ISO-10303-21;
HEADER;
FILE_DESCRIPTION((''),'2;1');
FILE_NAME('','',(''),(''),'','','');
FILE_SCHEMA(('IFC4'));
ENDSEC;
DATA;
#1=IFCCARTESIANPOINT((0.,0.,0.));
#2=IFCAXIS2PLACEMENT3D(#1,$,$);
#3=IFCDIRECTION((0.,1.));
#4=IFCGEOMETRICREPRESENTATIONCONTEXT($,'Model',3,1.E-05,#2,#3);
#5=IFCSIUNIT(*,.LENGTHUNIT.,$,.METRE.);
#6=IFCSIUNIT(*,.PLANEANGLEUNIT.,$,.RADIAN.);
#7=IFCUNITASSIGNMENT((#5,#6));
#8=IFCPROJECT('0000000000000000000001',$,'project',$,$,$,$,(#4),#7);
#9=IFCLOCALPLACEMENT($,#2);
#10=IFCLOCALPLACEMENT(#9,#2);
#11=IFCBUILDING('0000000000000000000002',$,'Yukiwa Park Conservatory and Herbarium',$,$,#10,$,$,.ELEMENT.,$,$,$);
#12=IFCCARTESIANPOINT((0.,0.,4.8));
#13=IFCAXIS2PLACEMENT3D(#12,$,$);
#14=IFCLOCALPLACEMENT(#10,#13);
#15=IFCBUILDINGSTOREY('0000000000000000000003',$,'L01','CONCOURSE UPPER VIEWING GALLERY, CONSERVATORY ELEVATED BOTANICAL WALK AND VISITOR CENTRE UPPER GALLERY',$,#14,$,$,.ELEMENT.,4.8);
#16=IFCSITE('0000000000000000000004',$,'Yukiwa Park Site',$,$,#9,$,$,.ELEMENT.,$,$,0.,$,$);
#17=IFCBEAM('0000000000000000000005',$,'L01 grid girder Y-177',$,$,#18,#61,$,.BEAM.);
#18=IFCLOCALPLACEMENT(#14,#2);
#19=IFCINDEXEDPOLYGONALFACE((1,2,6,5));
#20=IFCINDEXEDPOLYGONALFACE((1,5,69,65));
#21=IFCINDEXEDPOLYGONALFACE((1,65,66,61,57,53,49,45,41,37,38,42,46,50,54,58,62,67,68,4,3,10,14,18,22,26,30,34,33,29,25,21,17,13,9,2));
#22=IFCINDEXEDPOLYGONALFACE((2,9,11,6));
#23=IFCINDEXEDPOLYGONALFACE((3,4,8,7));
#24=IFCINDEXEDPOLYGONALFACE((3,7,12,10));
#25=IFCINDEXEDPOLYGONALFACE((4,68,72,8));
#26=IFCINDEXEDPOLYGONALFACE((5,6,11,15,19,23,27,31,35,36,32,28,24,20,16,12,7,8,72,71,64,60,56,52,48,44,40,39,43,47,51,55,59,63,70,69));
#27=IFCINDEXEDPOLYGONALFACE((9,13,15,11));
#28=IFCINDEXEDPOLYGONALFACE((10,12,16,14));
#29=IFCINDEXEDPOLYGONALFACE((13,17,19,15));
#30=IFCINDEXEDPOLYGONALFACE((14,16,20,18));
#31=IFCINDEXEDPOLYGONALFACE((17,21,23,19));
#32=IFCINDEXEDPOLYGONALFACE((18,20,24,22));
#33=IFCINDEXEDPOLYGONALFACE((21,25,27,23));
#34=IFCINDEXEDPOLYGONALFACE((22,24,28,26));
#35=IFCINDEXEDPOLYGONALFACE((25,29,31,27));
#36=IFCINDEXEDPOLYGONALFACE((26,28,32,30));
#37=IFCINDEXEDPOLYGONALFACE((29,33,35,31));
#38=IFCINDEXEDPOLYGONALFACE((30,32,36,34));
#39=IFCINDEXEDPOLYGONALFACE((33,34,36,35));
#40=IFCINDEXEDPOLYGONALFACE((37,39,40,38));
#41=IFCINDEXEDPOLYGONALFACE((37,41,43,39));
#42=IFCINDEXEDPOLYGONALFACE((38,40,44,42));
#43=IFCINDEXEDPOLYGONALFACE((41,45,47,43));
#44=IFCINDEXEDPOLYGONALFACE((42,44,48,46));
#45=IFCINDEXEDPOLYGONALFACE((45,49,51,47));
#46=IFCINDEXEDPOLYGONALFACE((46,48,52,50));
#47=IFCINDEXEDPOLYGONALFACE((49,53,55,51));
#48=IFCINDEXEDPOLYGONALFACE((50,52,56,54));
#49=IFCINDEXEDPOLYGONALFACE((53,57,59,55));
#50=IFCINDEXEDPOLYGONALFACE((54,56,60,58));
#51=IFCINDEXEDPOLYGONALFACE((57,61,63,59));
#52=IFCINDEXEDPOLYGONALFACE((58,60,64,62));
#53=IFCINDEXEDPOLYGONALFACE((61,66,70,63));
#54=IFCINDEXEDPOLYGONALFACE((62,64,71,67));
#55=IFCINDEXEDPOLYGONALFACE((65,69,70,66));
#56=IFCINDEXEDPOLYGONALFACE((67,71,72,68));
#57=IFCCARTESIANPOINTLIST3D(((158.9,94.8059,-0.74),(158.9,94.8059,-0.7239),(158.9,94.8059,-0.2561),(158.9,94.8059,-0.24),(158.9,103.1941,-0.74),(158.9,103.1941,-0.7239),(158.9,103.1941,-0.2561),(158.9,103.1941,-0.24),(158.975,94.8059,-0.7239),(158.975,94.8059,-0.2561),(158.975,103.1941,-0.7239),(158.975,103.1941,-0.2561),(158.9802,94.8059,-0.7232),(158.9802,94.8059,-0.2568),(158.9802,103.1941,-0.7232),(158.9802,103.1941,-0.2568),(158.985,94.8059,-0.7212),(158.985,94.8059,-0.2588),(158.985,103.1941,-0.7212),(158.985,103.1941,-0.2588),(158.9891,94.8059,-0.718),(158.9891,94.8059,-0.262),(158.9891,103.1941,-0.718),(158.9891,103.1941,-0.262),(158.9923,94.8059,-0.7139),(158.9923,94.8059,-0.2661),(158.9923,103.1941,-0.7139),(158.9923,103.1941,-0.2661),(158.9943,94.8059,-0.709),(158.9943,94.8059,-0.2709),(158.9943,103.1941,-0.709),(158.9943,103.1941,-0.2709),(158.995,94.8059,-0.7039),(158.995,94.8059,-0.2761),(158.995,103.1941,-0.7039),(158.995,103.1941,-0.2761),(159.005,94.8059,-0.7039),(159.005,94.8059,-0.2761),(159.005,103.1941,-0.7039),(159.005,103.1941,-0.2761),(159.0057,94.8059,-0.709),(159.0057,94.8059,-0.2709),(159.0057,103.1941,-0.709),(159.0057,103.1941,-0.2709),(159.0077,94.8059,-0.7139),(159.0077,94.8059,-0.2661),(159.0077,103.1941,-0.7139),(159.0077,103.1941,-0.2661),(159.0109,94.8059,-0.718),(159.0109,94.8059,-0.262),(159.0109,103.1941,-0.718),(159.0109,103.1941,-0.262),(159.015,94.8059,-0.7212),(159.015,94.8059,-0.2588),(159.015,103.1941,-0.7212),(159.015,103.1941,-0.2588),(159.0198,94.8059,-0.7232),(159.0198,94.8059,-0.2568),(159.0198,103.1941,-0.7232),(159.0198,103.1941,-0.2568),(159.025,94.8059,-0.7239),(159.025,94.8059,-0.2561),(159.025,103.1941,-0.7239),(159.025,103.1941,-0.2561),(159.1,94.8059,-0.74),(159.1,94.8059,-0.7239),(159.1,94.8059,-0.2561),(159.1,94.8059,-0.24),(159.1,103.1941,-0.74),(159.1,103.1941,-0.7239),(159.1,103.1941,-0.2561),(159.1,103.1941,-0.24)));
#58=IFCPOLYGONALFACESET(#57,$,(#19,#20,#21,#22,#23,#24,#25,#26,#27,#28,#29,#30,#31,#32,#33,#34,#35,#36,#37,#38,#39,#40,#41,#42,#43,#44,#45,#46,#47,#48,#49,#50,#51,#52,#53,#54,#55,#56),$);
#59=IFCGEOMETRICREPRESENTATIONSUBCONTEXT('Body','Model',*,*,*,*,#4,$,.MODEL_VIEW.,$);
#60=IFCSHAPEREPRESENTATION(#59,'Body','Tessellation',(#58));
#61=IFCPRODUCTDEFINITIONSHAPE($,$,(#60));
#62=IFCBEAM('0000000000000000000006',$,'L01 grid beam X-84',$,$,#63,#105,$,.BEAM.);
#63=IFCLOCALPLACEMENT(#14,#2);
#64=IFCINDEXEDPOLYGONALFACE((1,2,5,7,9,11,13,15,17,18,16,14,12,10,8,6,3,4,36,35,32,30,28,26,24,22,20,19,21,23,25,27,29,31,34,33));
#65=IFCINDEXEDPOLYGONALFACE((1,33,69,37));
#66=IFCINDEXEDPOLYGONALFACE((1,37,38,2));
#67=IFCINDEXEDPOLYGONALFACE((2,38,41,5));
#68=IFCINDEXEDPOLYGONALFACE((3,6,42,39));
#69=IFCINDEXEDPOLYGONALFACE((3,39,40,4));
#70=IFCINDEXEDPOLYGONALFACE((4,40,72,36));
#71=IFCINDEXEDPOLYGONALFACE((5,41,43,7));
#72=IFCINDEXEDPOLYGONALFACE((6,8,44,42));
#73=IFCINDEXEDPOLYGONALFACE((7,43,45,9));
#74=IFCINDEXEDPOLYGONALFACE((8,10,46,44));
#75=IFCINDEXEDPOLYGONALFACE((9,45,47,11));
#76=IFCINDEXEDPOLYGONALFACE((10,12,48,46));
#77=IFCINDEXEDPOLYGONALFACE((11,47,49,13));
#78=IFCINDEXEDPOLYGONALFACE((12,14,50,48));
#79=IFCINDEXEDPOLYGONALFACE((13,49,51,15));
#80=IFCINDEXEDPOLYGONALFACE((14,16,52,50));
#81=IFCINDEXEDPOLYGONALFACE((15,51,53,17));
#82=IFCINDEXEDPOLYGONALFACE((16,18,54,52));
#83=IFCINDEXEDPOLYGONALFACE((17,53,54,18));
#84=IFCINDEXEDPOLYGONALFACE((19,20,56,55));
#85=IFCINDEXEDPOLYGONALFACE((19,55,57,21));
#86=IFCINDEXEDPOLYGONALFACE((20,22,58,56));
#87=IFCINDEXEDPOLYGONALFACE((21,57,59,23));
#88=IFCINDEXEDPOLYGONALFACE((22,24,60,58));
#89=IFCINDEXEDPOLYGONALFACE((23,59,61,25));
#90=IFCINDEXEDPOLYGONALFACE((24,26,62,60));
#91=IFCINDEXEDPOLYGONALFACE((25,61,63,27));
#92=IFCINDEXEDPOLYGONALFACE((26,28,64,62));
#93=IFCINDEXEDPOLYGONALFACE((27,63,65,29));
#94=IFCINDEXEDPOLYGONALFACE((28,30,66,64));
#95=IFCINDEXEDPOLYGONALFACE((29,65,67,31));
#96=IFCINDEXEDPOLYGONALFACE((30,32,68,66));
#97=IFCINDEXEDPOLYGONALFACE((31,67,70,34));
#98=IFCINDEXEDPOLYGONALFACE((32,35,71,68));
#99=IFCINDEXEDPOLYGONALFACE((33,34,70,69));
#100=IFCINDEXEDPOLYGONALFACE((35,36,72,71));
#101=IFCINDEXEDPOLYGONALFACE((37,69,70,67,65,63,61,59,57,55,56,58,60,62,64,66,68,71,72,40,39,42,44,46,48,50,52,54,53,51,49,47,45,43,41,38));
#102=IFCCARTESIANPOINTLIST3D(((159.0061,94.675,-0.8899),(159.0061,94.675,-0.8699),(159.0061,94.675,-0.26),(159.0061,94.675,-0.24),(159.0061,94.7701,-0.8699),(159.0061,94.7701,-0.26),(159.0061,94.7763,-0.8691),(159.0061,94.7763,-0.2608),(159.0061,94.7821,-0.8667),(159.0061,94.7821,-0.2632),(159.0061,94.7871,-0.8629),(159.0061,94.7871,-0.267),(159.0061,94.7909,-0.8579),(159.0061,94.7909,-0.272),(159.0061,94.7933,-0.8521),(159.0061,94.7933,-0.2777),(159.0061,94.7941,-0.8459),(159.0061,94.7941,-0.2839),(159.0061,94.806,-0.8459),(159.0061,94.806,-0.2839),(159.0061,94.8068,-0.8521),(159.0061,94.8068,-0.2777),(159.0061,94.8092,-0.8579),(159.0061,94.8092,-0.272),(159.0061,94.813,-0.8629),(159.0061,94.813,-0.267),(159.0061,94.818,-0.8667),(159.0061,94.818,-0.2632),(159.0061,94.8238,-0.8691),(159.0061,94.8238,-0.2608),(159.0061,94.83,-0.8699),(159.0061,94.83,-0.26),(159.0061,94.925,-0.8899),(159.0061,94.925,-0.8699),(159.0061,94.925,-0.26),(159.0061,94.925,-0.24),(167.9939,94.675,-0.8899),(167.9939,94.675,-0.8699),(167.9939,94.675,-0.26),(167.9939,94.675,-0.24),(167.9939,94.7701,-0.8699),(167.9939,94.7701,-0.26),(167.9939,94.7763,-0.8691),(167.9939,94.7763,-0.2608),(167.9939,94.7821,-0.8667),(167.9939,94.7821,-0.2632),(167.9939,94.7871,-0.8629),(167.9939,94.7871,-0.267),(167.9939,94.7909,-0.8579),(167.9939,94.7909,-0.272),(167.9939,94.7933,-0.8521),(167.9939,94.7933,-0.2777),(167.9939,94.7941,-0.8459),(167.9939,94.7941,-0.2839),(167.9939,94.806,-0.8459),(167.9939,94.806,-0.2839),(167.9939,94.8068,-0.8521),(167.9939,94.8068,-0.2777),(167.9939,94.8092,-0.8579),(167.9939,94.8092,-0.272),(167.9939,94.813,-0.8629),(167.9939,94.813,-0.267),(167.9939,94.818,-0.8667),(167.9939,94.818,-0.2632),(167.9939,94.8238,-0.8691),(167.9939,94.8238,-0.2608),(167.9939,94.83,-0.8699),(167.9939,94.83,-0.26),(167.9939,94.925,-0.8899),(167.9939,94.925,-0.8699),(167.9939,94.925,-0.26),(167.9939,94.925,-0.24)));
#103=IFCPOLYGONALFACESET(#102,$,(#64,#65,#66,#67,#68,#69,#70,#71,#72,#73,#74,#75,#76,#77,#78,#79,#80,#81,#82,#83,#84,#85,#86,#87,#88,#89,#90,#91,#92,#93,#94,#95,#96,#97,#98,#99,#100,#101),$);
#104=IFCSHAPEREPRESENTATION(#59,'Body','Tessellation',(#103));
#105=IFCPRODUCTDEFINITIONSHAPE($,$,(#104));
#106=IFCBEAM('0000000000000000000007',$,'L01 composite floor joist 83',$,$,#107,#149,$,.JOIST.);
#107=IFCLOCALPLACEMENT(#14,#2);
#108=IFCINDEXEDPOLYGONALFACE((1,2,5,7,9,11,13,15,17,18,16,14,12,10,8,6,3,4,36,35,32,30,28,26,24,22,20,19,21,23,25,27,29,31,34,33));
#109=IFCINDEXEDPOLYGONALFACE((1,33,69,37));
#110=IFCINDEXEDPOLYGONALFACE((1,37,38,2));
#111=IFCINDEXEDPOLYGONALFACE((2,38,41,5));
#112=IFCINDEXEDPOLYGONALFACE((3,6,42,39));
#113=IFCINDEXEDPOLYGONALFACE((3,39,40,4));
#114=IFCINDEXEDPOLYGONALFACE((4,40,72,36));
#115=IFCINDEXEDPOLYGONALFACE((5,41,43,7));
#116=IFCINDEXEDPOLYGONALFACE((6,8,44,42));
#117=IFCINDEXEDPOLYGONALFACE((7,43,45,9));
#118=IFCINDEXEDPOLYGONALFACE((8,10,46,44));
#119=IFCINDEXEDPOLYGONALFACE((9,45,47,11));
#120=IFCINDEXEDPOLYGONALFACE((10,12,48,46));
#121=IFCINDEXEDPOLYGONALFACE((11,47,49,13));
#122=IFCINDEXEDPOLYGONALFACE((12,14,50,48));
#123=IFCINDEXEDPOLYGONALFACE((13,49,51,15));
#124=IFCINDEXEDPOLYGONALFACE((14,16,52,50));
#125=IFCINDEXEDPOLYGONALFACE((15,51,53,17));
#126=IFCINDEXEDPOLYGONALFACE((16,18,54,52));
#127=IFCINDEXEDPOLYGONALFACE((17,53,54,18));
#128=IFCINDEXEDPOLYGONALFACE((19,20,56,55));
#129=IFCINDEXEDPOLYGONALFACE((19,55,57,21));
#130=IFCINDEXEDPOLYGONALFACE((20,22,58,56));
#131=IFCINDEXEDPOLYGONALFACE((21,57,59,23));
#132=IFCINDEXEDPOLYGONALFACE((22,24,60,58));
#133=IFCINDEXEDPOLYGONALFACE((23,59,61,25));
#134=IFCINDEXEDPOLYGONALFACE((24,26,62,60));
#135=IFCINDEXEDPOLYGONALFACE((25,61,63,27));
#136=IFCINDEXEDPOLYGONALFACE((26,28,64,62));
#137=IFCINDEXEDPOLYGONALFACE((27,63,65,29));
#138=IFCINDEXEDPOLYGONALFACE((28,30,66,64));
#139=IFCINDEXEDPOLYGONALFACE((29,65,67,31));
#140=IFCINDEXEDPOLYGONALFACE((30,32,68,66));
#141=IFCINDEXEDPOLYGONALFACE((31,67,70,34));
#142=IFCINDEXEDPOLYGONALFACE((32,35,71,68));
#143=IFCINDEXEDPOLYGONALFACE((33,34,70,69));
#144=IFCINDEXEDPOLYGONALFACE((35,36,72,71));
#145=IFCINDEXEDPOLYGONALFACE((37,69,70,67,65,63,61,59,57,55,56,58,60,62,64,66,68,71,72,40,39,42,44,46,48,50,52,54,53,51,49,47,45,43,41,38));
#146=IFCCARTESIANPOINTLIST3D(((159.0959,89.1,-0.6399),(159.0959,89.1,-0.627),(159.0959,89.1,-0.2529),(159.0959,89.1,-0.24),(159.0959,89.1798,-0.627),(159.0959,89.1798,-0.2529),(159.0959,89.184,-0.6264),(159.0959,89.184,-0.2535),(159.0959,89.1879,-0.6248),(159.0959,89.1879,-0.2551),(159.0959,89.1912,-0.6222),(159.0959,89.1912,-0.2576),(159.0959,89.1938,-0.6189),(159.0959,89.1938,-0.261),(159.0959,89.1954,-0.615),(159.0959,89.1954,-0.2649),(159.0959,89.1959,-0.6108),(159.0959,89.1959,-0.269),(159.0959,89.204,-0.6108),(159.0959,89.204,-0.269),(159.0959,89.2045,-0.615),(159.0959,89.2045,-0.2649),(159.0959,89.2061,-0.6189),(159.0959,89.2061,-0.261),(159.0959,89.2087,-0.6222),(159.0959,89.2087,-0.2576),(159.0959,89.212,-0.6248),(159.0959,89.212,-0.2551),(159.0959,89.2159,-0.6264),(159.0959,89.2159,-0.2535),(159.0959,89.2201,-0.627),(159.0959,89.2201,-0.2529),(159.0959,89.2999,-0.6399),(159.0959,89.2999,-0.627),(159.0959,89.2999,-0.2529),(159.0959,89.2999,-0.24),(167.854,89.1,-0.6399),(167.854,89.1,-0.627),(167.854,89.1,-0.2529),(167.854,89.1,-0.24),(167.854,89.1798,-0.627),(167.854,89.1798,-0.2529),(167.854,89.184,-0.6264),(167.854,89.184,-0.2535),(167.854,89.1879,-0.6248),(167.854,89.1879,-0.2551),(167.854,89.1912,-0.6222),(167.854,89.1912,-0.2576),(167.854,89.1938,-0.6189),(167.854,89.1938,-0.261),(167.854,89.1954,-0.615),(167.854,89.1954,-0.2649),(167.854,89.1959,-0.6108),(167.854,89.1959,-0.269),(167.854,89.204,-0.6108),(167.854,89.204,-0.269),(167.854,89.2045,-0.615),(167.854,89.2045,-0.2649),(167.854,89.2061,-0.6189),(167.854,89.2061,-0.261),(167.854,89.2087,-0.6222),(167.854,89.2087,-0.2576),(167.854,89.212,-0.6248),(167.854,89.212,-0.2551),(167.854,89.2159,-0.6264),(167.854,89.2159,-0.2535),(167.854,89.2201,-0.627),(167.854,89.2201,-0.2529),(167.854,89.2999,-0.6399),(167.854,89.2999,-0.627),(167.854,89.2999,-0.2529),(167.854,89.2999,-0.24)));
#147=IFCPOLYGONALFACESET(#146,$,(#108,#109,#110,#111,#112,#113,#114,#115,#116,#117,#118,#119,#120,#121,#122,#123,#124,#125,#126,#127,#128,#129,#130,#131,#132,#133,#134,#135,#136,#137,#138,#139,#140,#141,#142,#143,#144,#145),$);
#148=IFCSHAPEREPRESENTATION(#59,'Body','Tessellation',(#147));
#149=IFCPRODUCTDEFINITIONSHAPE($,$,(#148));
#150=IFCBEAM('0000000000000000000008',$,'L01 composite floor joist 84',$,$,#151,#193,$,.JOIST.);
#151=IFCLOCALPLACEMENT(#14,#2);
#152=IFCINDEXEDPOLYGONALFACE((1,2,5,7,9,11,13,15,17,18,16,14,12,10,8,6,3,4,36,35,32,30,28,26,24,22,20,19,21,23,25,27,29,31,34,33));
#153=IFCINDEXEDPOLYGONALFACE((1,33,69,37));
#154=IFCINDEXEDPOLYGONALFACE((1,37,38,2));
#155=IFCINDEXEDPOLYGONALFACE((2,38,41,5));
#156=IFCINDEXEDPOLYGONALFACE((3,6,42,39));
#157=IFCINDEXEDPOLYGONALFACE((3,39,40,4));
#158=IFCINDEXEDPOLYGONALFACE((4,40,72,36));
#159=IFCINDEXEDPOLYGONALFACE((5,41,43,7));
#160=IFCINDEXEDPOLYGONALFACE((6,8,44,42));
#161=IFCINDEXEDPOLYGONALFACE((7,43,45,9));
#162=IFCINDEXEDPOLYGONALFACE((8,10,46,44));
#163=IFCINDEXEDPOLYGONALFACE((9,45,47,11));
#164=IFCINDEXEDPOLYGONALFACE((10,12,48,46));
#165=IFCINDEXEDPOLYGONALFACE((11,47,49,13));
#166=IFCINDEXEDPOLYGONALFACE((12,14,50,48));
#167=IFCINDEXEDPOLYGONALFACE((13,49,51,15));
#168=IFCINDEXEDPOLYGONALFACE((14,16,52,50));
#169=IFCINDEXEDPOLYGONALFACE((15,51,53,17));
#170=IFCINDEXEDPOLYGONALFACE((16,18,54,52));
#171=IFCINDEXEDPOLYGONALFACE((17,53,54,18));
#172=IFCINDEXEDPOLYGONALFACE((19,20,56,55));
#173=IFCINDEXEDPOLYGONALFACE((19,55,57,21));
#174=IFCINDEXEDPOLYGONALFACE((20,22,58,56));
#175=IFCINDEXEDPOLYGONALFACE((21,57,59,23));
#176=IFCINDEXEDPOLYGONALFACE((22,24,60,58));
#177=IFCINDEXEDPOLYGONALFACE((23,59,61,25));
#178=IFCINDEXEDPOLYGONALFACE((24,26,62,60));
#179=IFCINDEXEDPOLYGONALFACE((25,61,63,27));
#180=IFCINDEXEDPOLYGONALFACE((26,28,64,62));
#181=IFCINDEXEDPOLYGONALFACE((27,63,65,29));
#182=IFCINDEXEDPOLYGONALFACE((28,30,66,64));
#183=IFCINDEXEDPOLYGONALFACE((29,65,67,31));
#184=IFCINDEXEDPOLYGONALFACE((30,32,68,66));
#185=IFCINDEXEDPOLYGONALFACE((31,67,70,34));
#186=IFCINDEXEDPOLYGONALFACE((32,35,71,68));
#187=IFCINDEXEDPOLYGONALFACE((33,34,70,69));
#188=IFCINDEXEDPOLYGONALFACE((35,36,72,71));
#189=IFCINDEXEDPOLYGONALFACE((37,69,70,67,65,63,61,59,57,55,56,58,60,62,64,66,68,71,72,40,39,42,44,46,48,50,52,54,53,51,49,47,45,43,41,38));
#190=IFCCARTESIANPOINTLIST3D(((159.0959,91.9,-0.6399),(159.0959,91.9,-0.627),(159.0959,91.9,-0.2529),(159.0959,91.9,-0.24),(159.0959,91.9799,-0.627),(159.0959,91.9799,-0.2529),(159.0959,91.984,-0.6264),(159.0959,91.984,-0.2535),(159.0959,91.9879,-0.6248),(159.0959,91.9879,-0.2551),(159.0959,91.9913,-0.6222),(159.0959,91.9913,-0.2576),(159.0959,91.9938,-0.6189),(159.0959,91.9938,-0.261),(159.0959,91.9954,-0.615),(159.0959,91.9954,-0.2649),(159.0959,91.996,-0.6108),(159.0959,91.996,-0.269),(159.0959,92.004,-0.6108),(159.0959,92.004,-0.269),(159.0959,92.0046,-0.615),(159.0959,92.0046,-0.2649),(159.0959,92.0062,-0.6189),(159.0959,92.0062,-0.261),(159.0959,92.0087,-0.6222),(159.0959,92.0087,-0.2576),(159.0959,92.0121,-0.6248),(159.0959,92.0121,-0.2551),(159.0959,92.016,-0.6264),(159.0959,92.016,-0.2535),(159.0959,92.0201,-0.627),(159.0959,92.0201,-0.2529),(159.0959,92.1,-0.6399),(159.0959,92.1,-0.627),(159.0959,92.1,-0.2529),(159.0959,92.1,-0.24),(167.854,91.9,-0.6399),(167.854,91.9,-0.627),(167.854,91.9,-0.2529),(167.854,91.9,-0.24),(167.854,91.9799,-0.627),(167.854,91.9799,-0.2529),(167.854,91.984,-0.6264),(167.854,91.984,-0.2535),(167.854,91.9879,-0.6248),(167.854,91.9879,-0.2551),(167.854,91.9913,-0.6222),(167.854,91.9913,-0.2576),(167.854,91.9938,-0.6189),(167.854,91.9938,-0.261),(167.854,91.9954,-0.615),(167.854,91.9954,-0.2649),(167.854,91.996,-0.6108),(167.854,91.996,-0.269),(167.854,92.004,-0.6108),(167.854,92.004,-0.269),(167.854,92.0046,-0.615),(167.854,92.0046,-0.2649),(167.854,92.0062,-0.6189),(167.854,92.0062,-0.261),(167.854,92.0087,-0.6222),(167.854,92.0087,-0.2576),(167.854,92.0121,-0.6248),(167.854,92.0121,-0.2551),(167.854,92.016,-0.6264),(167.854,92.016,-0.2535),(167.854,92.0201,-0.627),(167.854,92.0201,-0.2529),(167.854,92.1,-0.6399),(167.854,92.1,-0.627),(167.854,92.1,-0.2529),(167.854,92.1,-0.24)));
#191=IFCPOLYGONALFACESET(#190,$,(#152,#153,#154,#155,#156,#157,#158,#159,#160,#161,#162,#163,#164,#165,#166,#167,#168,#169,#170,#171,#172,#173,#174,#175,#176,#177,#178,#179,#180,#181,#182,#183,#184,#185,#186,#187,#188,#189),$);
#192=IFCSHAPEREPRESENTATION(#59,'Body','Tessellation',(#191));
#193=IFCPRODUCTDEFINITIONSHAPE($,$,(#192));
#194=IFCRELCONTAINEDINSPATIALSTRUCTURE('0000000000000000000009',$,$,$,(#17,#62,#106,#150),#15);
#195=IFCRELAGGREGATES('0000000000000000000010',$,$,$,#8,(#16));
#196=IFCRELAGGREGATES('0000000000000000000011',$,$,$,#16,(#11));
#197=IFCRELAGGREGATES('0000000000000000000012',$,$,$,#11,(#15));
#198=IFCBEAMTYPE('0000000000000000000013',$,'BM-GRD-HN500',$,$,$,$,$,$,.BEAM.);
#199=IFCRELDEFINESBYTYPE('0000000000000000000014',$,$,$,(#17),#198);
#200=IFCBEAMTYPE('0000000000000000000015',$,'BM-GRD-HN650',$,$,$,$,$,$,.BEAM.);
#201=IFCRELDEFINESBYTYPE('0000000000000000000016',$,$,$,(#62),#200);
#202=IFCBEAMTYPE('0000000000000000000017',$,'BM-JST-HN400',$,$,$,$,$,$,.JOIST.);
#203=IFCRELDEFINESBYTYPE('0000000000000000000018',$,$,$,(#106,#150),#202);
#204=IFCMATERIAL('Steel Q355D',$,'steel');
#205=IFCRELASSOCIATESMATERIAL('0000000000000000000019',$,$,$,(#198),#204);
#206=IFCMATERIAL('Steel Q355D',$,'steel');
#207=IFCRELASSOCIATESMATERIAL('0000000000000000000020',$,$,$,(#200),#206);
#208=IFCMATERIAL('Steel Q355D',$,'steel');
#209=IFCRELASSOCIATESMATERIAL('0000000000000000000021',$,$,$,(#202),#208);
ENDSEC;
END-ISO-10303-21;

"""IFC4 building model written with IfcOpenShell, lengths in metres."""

from ifc_helpers import new_model, si_unit, direction, frame, origin, origin_2d, place, context, subcontext, project, spatial, i_section, extrude, material, material_profile, profile_set, type_object, element, save


model = new_model("IFC4")

# Units and contexts
model_context = context("Model", 3, precision=1e-05, world=origin(), true_north=direction((0.0, 1.0)))
body_context = subcontext(model_context, "Body", "Model", "MODEL_VIEW")
ifc_project = project(units=[si_unit("LENGTHUNIT", "METRE"), si_unit("PLANEANGLEUNIT", "RADIAN")], contexts=[model_context])

# Site, building, storey
site_placement = place(None, origin())
site = spatial("IfcSite", under=ifc_project, at=site_placement, Name="Yukiwa Park Site", CompositionType="ELEMENT", RefElevation=0.0)
building_placement = place(site_placement, origin())
building = spatial("IfcBuilding", under=site, at=building_placement, Name="Yukiwa Park Conservatory and Herbarium", CompositionType="ELEMENT")
storey_placement = place(building_placement, frame((0.0, 0.0, 4.8)))
storey = spatial("IfcBuildingStorey", under=building, at=storey_placement, Name="L01", Description="CONCOURSE UPPER VIEWING GALLERY, CONSERVATORY ELEVATED BOTANICAL WALK AND VISITOR CENTRE UPPER GALLERY", CompositionType="ELEMENT", Elevation=4.8)

# Beams
ifc_material_1 = material(Name="Steel Q355D", Category="steel")
ifc_material_profile_1 = material_profile(ifc_material_1, i_section(OverallWidth=0.2, OverallDepth=0.5, WebThickness=0.01, FlangeThickness=0.0161, FilletRadius=0.02, at=origin_2d()), Name="HN 500x200x10x16")
ifc_profile_set_1 = profile_set([ifc_material_profile_1], Name="Steel Q355D")
beam_type_1 = type_object("IfcBeamType", Name="BM-GRD-HN500", PredefinedType="BEAM", material=ifc_profile_set_1)
beam_1_placement = place(storey_placement, frame((159.0, 94.8059, -0.49), z_axis=(0.0, 1.0, 0.0), x_axis=(-1.0, 0.0, 0.0)))
element("IfcBeam", 1, at=beam_1_placement, inside=storey, type_object=beam_type_1, Name="L01 grid girder Y-177", PredefinedType="BEAM", context=body_context, shape_type="SweptSolid", body=[
    extrude(i_section(OverallWidth=0.2, OverallDepth=0.5, WebThickness=0.01, FlangeThickness=0.0161, FilletRadius=0.02, at=origin_2d()), origin(), (0.0, 0.0, 1.0), 8.3882),
])
ifc_material_2 = material(Name="Steel Q355D", Category="steel")
ifc_material_profile_2 = material_profile(ifc_material_2, i_section(OverallWidth=0.25, OverallDepth=0.6499, WebThickness=0.012, FlangeThickness=0.02, FilletRadius=0.0239, at=origin_2d()), Name="HN 650x250x12x20")
ifc_profile_set_2 = profile_set([ifc_material_profile_2], Name="Steel Q355D")
beam_type_2 = type_object("IfcBeamType", Name="BM-GRD-HN650", PredefinedType="BEAM", material=ifc_profile_set_2)
beam_2_placement = place(storey_placement, frame((159.0061, 94.8, -0.5649), z_axis=(1.0, 0.0, 0.0), x_axis=(0.0, 1.0, 0.0)))
element("IfcBeam", 2, at=beam_2_placement, inside=storey, type_object=beam_type_2, Name="L01 grid beam X-84", PredefinedType="BEAM", context=body_context, shape_type="SweptSolid", body=[
    extrude(i_section(OverallWidth=0.25, OverallDepth=0.6499, WebThickness=0.012, FlangeThickness=0.02, FilletRadius=0.0239, at=origin_2d()), origin(), (0.0, 0.0, 1.0), 8.9878),
])
ifc_material_3 = material(Name="Steel Q355D", Category="steel")
ifc_material_profile_3 = material_profile(ifc_material_3, i_section(OverallWidth=0.2, OverallDepth=0.3999, WebThickness=0.0081, FlangeThickness=0.0129, FilletRadius=0.0161, at=origin_2d()), Name="HN 400x200x8x13")
ifc_profile_set_3 = profile_set([ifc_material_profile_3], Name="Steel Q355D")
beam_type_3 = type_object("IfcBeamType", Name="BM-JST-HN400", PredefinedType="JOIST", material=ifc_profile_set_3)
for number, where, z_axis, x_axis, name in (
    (3, (159.0959, 89.2, -0.4399), (1.0, 0.0, 0.0), (0.0, 1.0, 0.0), "L01 composite floor joist 83"),
    (4, (159.0959, 92.0, -0.4399), (1.0, 0.0, 0.0), (0.0, 1.0, 0.0), "L01 composite floor joist 84"),
):
    element("IfcBeam", number, at=place(storey_placement, frame(where, z_axis=z_axis, x_axis=x_axis)), inside=storey, type_object=beam_type_3, Name=name, PredefinedType="JOIST", context=body_context, shape_type="SweptSolid", body=[
        extrude(i_section(OverallWidth=0.2, OverallDepth=0.3999, WebThickness=0.0081, FlangeThickness=0.0129, FilletRadius=0.0161, at=origin_2d()), origin(), (0.0, 0.0, 1.0), 8.7581),
    ])

save(model, "model.ifc")
